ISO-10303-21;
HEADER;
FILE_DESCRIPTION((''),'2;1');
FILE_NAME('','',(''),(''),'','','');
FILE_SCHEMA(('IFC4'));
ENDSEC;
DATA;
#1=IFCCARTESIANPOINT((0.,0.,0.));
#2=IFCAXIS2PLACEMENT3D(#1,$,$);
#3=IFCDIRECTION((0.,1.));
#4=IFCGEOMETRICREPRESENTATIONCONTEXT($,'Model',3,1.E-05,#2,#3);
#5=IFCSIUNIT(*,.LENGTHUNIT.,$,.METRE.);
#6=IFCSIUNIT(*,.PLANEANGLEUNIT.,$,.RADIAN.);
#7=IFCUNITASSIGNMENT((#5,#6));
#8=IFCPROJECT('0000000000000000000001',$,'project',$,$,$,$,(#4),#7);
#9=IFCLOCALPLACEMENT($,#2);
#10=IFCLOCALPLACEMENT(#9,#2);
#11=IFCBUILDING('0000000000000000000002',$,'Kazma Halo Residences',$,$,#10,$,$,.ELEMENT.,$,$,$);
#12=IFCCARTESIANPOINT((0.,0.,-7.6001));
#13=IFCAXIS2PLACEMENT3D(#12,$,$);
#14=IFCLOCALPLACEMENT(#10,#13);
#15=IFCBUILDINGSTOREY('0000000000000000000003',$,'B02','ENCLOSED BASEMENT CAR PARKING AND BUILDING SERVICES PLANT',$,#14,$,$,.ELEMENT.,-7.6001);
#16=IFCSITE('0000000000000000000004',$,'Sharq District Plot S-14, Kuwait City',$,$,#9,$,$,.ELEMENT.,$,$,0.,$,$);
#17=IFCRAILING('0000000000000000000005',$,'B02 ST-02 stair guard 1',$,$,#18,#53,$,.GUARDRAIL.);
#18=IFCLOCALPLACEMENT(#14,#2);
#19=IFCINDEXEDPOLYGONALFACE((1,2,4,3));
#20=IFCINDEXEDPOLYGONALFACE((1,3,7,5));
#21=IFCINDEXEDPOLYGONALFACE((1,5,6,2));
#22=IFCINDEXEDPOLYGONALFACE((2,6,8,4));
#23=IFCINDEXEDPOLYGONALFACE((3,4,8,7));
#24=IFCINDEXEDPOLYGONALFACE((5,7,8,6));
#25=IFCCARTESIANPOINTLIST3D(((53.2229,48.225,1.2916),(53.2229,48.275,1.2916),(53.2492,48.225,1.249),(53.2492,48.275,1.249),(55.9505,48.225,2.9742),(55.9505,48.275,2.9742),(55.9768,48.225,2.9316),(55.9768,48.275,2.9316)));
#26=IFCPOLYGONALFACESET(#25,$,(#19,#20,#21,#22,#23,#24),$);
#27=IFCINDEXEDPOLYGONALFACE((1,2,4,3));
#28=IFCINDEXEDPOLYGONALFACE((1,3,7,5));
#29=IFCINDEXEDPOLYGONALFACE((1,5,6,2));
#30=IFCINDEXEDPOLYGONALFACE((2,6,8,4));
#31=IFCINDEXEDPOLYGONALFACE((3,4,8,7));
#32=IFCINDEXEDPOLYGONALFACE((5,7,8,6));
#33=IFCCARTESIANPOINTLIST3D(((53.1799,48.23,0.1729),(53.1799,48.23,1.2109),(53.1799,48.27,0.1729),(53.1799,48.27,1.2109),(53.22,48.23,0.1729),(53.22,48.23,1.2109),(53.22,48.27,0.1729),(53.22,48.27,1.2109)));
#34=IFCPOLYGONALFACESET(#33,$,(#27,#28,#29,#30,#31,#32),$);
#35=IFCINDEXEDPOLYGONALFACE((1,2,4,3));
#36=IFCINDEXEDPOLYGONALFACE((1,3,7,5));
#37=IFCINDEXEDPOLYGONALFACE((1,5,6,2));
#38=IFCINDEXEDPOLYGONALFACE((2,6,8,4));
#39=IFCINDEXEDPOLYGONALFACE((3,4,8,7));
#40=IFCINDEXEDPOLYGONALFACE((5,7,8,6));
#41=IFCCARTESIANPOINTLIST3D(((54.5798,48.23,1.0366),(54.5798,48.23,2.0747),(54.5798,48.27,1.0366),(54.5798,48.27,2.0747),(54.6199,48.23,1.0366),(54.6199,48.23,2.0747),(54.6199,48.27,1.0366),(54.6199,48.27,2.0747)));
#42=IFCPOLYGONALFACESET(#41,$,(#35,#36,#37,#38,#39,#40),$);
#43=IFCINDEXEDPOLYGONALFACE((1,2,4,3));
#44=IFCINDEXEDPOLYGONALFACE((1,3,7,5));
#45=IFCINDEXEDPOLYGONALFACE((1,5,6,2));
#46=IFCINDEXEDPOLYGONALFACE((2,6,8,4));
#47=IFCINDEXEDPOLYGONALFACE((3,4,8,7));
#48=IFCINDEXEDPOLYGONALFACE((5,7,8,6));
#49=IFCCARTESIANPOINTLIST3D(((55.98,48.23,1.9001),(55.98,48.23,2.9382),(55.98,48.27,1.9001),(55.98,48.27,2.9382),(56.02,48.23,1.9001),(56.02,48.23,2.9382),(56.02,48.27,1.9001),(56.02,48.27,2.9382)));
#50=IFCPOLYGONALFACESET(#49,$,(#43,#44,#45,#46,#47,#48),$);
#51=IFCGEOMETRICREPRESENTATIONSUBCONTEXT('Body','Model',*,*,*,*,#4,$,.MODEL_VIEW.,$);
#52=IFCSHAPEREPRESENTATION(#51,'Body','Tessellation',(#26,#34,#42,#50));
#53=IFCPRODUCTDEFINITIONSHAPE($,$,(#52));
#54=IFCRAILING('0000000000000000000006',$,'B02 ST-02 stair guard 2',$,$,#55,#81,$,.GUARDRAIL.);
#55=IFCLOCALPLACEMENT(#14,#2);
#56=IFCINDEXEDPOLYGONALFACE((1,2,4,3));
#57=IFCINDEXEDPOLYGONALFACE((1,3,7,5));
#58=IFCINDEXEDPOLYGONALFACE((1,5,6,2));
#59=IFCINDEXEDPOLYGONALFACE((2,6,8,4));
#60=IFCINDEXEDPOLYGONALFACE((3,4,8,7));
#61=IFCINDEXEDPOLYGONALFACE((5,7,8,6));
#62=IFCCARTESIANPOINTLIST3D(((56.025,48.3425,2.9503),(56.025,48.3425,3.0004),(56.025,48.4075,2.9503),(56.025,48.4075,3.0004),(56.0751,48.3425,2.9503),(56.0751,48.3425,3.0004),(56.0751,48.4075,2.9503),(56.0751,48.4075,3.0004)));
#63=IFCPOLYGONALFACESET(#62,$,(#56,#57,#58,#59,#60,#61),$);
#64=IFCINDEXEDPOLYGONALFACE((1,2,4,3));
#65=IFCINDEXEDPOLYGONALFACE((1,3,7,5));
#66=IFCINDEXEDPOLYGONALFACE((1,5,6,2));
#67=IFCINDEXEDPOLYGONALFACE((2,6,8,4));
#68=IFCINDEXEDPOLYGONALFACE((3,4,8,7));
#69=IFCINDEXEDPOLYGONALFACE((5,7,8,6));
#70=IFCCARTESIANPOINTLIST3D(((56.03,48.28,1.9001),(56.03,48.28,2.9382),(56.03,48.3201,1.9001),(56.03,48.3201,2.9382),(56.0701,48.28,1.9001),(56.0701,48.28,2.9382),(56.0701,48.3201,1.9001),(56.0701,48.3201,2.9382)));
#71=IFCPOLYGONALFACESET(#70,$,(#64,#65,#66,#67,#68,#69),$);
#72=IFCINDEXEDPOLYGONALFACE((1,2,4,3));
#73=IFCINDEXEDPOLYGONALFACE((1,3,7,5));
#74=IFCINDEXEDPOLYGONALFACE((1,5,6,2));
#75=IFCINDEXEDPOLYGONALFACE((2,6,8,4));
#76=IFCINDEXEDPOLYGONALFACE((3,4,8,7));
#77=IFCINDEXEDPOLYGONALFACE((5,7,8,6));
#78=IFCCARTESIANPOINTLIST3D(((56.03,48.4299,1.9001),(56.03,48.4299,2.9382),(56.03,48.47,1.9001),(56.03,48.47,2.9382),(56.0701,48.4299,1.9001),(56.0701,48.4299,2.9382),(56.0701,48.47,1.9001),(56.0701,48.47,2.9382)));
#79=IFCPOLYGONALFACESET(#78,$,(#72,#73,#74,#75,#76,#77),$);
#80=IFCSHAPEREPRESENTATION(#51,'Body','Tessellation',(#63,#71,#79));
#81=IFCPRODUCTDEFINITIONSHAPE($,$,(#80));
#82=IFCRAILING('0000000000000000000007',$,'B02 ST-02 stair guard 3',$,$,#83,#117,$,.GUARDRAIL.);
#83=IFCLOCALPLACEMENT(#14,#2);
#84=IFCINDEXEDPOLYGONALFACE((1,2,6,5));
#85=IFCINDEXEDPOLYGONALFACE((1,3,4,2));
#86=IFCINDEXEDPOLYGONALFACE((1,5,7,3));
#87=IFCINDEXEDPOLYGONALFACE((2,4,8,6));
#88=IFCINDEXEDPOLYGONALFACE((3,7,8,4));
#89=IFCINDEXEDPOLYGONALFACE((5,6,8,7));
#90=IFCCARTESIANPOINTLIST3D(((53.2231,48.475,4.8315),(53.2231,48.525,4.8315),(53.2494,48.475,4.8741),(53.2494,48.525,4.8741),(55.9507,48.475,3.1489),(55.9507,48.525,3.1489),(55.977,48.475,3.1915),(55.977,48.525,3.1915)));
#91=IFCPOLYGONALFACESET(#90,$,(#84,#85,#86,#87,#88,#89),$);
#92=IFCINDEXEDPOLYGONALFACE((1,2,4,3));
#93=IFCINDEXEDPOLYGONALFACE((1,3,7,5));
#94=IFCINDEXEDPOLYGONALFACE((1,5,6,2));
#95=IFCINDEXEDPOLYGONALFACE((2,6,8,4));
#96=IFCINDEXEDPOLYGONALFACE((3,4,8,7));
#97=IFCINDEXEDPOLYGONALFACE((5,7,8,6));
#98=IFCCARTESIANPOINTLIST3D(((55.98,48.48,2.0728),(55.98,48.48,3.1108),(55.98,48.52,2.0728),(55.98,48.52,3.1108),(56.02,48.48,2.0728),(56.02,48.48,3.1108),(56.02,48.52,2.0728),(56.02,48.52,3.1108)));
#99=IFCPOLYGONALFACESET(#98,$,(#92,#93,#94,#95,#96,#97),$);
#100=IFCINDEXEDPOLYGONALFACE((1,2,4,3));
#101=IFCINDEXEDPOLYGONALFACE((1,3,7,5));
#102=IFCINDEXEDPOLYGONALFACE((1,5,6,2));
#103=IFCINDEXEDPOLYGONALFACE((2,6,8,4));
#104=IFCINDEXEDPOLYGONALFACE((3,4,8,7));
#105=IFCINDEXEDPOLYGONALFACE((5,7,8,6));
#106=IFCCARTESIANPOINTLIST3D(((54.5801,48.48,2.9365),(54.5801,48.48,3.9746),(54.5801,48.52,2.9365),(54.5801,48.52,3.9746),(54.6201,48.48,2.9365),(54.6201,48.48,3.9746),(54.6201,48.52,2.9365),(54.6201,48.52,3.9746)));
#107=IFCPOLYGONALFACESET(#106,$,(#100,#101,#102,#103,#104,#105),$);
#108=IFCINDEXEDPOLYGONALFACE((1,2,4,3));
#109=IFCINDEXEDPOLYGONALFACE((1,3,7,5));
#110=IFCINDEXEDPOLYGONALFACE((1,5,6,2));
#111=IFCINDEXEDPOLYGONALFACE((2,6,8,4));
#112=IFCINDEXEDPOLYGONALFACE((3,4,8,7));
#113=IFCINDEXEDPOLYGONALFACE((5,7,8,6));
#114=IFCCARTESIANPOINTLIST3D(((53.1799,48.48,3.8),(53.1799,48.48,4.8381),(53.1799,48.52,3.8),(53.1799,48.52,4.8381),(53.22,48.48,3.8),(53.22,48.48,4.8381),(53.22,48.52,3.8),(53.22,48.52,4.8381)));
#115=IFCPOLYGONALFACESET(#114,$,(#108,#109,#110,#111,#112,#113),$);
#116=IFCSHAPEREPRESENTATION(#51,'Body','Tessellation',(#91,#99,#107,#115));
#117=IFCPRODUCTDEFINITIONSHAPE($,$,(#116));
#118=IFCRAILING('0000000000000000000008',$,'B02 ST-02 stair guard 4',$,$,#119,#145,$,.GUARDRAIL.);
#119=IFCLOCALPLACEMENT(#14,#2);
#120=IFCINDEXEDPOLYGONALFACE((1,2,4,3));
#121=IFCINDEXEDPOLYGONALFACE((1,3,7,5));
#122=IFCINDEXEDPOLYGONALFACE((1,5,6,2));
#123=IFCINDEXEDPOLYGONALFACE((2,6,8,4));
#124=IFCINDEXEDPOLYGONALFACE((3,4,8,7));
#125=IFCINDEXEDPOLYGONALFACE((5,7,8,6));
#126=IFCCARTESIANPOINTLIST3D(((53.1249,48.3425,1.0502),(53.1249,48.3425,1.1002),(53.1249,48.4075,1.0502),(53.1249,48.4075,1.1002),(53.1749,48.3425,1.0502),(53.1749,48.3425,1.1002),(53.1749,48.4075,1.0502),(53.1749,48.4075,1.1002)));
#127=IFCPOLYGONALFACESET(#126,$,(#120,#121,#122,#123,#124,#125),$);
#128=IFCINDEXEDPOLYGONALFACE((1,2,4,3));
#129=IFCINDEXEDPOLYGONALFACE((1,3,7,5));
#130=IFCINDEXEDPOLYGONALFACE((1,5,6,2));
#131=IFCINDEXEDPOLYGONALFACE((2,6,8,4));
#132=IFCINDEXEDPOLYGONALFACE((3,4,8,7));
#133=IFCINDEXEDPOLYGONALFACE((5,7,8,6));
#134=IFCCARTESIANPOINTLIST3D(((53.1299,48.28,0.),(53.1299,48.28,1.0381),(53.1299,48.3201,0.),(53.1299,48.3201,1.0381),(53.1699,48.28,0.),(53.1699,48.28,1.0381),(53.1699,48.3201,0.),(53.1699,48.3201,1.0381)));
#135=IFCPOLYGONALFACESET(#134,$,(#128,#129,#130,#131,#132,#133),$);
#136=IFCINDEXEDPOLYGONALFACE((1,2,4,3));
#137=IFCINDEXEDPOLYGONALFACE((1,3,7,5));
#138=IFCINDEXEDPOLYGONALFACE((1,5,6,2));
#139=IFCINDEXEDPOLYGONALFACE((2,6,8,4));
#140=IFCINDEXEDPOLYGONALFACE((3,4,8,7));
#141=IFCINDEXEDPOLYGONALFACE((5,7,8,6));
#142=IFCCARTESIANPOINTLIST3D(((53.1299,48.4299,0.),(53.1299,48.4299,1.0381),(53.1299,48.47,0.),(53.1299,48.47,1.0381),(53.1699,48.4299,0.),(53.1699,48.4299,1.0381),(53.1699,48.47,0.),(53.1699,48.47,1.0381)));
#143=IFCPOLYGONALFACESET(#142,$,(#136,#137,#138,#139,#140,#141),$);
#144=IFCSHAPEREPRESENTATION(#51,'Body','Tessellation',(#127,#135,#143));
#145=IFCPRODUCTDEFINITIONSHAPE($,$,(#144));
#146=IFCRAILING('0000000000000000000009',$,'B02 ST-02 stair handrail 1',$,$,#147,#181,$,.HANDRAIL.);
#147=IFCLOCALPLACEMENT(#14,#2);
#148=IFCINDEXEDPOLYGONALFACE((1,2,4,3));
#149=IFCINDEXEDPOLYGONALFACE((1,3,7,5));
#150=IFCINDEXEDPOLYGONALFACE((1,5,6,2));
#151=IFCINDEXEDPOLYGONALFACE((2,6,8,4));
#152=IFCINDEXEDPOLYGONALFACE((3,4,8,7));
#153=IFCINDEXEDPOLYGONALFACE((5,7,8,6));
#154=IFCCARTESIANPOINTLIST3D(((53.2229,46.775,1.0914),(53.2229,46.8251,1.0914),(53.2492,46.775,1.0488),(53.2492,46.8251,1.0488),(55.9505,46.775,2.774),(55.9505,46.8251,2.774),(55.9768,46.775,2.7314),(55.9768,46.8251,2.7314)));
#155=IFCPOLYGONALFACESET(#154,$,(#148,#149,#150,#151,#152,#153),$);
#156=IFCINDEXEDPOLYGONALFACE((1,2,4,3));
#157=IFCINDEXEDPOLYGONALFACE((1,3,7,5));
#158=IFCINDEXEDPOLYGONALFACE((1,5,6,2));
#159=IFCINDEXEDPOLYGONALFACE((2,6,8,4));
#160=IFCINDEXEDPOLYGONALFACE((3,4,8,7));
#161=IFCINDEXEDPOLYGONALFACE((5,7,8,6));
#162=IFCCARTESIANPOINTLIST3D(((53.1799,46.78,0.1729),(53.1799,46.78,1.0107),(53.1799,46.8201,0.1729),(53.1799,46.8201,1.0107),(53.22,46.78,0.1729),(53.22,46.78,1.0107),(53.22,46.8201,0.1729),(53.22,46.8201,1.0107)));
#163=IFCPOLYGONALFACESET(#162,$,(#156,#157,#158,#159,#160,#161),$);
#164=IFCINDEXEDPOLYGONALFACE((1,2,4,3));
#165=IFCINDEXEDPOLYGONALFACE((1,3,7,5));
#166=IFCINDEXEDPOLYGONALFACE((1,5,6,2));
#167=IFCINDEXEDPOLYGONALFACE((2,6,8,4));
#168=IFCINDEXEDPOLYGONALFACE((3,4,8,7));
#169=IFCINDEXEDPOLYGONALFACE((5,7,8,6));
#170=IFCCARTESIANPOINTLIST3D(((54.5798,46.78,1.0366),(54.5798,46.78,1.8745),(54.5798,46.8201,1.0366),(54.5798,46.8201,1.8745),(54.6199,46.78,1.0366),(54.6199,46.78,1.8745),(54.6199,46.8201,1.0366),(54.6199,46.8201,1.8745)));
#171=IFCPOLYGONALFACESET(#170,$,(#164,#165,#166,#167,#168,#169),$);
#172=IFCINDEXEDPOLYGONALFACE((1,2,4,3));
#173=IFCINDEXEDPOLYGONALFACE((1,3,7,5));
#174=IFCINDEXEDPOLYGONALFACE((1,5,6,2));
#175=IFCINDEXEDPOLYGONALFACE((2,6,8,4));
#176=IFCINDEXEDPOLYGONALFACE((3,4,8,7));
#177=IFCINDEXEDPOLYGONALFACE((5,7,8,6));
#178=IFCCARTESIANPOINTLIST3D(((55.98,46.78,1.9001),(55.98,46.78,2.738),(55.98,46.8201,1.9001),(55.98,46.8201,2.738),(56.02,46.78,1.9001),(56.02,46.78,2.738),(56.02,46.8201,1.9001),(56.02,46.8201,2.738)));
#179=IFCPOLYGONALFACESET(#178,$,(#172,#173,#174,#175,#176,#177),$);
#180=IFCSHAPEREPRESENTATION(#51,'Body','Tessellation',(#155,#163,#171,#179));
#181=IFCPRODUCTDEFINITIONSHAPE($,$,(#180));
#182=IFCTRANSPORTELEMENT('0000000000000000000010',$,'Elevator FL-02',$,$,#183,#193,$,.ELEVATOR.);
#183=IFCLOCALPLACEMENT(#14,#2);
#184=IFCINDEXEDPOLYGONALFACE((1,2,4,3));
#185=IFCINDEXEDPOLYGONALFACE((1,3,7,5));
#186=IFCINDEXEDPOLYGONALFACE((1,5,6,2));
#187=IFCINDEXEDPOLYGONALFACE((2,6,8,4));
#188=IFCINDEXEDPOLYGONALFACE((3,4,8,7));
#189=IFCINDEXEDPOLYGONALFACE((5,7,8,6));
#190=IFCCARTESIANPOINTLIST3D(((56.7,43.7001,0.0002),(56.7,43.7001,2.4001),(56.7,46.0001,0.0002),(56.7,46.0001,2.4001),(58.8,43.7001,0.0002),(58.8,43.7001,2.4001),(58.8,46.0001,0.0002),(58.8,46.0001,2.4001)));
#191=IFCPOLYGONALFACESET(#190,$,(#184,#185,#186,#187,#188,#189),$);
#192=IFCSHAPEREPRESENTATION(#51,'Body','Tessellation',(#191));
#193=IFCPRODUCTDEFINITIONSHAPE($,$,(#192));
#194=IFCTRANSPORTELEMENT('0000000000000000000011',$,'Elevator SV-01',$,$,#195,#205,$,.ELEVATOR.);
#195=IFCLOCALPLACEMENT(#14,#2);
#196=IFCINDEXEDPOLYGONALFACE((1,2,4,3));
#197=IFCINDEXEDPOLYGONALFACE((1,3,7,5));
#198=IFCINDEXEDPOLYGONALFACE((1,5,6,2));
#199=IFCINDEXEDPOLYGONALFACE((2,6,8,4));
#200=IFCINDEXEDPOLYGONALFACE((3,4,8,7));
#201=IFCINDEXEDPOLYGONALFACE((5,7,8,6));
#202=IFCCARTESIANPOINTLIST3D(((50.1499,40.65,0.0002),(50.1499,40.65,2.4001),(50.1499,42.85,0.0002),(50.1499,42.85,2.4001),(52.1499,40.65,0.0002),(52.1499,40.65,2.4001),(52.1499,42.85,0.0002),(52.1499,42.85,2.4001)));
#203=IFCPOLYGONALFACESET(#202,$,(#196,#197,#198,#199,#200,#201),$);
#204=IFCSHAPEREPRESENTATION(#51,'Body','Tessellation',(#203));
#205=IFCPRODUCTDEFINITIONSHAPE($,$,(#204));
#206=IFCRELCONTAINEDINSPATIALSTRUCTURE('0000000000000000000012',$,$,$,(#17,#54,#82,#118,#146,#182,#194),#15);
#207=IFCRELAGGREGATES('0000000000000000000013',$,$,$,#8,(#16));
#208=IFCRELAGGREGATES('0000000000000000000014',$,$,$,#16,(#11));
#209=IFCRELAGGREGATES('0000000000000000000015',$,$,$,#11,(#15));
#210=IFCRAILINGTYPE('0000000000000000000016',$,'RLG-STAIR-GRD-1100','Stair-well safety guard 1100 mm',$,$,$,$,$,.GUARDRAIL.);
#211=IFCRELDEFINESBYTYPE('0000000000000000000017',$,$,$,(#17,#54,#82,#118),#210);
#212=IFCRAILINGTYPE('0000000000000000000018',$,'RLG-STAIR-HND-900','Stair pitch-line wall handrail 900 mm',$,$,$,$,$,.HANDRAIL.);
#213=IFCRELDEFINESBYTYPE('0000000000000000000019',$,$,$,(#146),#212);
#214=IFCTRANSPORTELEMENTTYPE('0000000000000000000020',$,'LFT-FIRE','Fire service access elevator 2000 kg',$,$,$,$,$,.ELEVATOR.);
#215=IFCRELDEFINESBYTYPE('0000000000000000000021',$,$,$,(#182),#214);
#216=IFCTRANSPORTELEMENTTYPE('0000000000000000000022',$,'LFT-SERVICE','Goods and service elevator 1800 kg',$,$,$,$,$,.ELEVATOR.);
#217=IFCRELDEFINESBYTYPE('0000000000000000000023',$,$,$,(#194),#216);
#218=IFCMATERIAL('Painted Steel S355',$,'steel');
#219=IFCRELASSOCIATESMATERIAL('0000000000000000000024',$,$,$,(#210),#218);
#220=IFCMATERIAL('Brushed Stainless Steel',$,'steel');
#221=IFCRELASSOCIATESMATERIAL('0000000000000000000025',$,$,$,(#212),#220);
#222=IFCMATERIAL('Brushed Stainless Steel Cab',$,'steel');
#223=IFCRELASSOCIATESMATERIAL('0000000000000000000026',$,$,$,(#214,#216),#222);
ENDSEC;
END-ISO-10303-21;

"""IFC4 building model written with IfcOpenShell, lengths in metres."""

from ifc_helpers import new_model, si_unit, direction, frame, origin, origin_2d, place, context, subcontext, project, spatial, rectangle, extrude, material, type_object, element, save


model = new_model("IFC4")

# Units and contexts
model_context = context("Model", 3, precision=1e-05, world=origin(), true_north=direction((0.0, 1.0)))
body_context = subcontext(model_context, "Body", "Model", "MODEL_VIEW")
ifc_project = project(units=[si_unit("LENGTHUNIT", "METRE"), si_unit("PLANEANGLEUNIT", "RADIAN")], contexts=[model_context])

# Site, building, storey
site_placement = place(None, origin())
site = spatial("IfcSite", under=ifc_project, at=site_placement, Name="Sharq District Plot S-14, Kuwait City", CompositionType="ELEMENT", RefElevation=0.0)
building_placement = place(site_placement, origin())
building = spatial("IfcBuilding", under=site, at=building_placement, Name="Kazma Halo Residences", CompositionType="ELEMENT")
storey_placement = place(building_placement, frame((0.0, 0.0, -7.6001)))
storey = spatial("IfcBuildingStorey", under=building, at=storey_placement, Name="B02", Description="ENCLOSED BASEMENT CAR PARKING AND BUILDING SERVICES PLANT", CompositionType="ELEMENT", Elevation=-7.6001)

# Railings
ifc_material_1 = material(Name="Painted Steel S355", Category="steel")
railing_type_1 = type_object("IfcRailingType", Name="RLG-STAIR-GRD-1100", Description="Stair-well safety guard 1100 mm", PredefinedType="GUARDRAIL", material=ifc_material_1)
railing_1_placement = place(storey_placement, frame((53.2, 48.25, 0.1729)))
element("IfcRailing", 1, at=railing_1_placement, inside=storey, type_object=railing_type_1, Name="B02 ST-02 stair guard 1", PredefinedType="GUARDRAIL", context=body_context, shape_type="SweptSolid", body=[
    extrude(rectangle(XDim=0.05, YDim=0.05, at=origin_2d()), frame((0.0361, 0.0, 1.0974), z_axis=(0.85109, 0.0, 0.52502), x_axis=(0.0, 1.0, 0.0)), (0.0, 0.0, 1.0), 3.2048),
    extrude(rectangle(XDim=0.04, YDim=0.04, at=origin_2d()), origin(), (0.0, 0.0, 1.0), 1.0381),
    extrude(rectangle(XDim=0.04, YDim=0.04, at=origin_2d()), frame((1.3999, 0.0, 0.8638)), (0.0, 0.0, 1.0), 1.0381),
    extrude(rectangle(XDim=0.04, YDim=0.04, at=origin_2d()), frame((2.8, 0.0, 1.7273)), (0.0, 0.0, 1.0), 1.0381),
])
railing_2_placement = place(storey_placement, frame((56.05, 48.3, 1.9001)))
element("IfcRailing", 2, at=railing_2_placement, inside=storey, type_object=railing_type_1, Name="B02 ST-02 stair guard 2", PredefinedType="GUARDRAIL", context=body_context, shape_type="SweptSolid", body=[
    extrude(rectangle(XDim=0.05, YDim=0.05, at=origin_2d()), frame((0.0, 0.0425, 1.0752), z_axis=(0.0, 1.0, 0.0), x_axis=(-1.0, 0.0, 0.0)), (0.0, 0.0, 1.0), 0.0649),
    extrude(rectangle(XDim=0.04, YDim=0.04, at=origin_2d()), origin(), (0.0, 0.0, 1.0), 1.0381),
    extrude(rectangle(XDim=0.04, YDim=0.04, at=origin_2d()), frame((0.0, 0.1499, 0.0)), (0.0, 0.0, 1.0), 1.0381),
])
railing_3_placement = place(storey_placement, frame((56.0, 48.5, 2.0728)))
element("IfcRailing", 3, at=railing_3_placement, inside=storey, type_object=railing_type_1, Name="B02 ST-02 stair guard 3", PredefinedType="GUARDRAIL", context=body_context, shape_type="SweptSolid", body=[
    extrude(rectangle(XDim=0.05, YDim=0.05, at=origin_2d()), frame((-0.0361, 0.0, 1.0974), z_axis=(-0.85109, 0.0, 0.52502), x_axis=(0.0, -1.0, 0.0)), (0.0, 0.0, 1.0), 3.2048),
    extrude(rectangle(XDim=0.04, YDim=0.04, at=origin_2d()), origin(), (0.0, 0.0, 1.0), 1.0381),
    extrude(rectangle(XDim=0.04, YDim=0.04, at=origin_2d()), frame((-1.3999, 0.0, 0.8638)), (0.0, 0.0, 1.0), 1.0381),
    extrude(rectangle(XDim=0.04, YDim=0.04, at=origin_2d()), frame((-2.8, 0.0, 1.7273)), (0.0, 0.0, 1.0), 1.0381),
])
railing_4_placement = place(storey_placement, frame((53.1499, 48.3, 0.0)))
element("IfcRailing", 4, at=railing_4_placement, inside=storey, type_object=railing_type_1, Name="B02 ST-02 stair guard 4", PredefinedType="GUARDRAIL", context=body_context, shape_type="SweptSolid", body=[
    extrude(rectangle(XDim=0.05, YDim=0.05, at=origin_2d()), frame((0.0, 0.0425, 1.0752), z_axis=(0.0, 1.0, 0.0), x_axis=(-1.0, 0.0, 0.0)), (0.0, 0.0, 1.0), 0.0649),
    extrude(rectangle(XDim=0.04, YDim=0.04, at=origin_2d()), origin(), (0.0, 0.0, 1.0), 1.0381),
    extrude(rectangle(XDim=0.04, YDim=0.04, at=origin_2d()), frame((0.0, 0.1499, 0.0)), (0.0, 0.0, 1.0), 1.0381),
])
ifc_material_2 = material(Name="Brushed Stainless Steel", Category="steel")
railing_type_2 = type_object("IfcRailingType", Name="RLG-STAIR-HND-900", Description="Stair pitch-line wall handrail 900 mm", PredefinedType="HANDRAIL", material=ifc_material_2)
railing_5_placement = place(storey_placement, frame((53.2, 46.8, 0.1729)))
element("IfcRailing", 5, at=railing_5_placement, inside=storey, type_object=railing_type_2, Name="B02 ST-02 stair handrail 1", PredefinedType="HANDRAIL", context=body_context, shape_type="SweptSolid", body=[
    extrude(rectangle(XDim=0.05, YDim=0.05, at=origin_2d()), frame((0.0361, 0.0, 0.8972), z_axis=(0.85109, 0.0, 0.52502), x_axis=(0.0, 1.0, 0.0)), (0.0, 0.0, 1.0), 3.2048),
    extrude(rectangle(XDim=0.04, YDim=0.04, at=origin_2d()), origin(), (0.0, 0.0, 1.0), 0.8379),
    extrude(rectangle(XDim=0.04, YDim=0.04, at=origin_2d()), frame((1.3999, 0.0, 0.8638)), (0.0, 0.0, 1.0), 0.8379),
    extrude(rectangle(XDim=0.04, YDim=0.04, at=origin_2d()), frame((2.8, 0.0, 1.7273)), (0.0, 0.0, 1.0), 0.8379),
])

# Transport elements
ifc_material_3 = material(Name="Brushed Stainless Steel Cab", Category="steel")
transport_element_type_1 = type_object("IfcTransportElementType", Name="LFT-FIRE", Description="Fire service access elevator 2000 kg", PredefinedType="ELEVATOR", material=ifc_material_3)
transport_element_1_placement = place(storey_placement, frame((57.75, 44.8501, 0.0002), z_axis=(0.0, 0.0, 1.0), x_axis=(1.0, 0.0, 0.0)))
element("IfcTransportElement", 6, at=transport_element_1_placement, inside=storey, type_object=transport_element_type_1, Name="Elevator FL-02", PredefinedType="ELEVATOR", context=body_context, shape_type="SweptSolid", body=[
    extrude(rectangle(XDim=2.1001, YDim=2.3, at=origin_2d()), origin(), (0.0, 0.0, 1.0), 2.3999),
])
transport_element_type_2 = type_object("IfcTransportElementType", Name="LFT-SERVICE", Description="Goods and service elevator 1800 kg", PredefinedType="ELEVATOR", material=ifc_material_3)
transport_element_2_placement = place(storey_placement, frame((51.1499, 41.75, 0.0002), z_axis=(0.0, 0.0, 1.0), x_axis=(1.0, 0.0, 0.0)))
element("IfcTransportElement", 7, at=transport_element_2_placement, inside=storey, type_object=transport_element_type_2, Name="Elevator SV-01", PredefinedType="ELEVATOR", context=body_context, shape_type="SweptSolid", body=[
    extrude(rectangle(XDim=2.0, YDim=2.2, at=origin_2d()), origin(), (0.0, 0.0, 1.0), 2.3999),
])

save(model, "model.ifc")
